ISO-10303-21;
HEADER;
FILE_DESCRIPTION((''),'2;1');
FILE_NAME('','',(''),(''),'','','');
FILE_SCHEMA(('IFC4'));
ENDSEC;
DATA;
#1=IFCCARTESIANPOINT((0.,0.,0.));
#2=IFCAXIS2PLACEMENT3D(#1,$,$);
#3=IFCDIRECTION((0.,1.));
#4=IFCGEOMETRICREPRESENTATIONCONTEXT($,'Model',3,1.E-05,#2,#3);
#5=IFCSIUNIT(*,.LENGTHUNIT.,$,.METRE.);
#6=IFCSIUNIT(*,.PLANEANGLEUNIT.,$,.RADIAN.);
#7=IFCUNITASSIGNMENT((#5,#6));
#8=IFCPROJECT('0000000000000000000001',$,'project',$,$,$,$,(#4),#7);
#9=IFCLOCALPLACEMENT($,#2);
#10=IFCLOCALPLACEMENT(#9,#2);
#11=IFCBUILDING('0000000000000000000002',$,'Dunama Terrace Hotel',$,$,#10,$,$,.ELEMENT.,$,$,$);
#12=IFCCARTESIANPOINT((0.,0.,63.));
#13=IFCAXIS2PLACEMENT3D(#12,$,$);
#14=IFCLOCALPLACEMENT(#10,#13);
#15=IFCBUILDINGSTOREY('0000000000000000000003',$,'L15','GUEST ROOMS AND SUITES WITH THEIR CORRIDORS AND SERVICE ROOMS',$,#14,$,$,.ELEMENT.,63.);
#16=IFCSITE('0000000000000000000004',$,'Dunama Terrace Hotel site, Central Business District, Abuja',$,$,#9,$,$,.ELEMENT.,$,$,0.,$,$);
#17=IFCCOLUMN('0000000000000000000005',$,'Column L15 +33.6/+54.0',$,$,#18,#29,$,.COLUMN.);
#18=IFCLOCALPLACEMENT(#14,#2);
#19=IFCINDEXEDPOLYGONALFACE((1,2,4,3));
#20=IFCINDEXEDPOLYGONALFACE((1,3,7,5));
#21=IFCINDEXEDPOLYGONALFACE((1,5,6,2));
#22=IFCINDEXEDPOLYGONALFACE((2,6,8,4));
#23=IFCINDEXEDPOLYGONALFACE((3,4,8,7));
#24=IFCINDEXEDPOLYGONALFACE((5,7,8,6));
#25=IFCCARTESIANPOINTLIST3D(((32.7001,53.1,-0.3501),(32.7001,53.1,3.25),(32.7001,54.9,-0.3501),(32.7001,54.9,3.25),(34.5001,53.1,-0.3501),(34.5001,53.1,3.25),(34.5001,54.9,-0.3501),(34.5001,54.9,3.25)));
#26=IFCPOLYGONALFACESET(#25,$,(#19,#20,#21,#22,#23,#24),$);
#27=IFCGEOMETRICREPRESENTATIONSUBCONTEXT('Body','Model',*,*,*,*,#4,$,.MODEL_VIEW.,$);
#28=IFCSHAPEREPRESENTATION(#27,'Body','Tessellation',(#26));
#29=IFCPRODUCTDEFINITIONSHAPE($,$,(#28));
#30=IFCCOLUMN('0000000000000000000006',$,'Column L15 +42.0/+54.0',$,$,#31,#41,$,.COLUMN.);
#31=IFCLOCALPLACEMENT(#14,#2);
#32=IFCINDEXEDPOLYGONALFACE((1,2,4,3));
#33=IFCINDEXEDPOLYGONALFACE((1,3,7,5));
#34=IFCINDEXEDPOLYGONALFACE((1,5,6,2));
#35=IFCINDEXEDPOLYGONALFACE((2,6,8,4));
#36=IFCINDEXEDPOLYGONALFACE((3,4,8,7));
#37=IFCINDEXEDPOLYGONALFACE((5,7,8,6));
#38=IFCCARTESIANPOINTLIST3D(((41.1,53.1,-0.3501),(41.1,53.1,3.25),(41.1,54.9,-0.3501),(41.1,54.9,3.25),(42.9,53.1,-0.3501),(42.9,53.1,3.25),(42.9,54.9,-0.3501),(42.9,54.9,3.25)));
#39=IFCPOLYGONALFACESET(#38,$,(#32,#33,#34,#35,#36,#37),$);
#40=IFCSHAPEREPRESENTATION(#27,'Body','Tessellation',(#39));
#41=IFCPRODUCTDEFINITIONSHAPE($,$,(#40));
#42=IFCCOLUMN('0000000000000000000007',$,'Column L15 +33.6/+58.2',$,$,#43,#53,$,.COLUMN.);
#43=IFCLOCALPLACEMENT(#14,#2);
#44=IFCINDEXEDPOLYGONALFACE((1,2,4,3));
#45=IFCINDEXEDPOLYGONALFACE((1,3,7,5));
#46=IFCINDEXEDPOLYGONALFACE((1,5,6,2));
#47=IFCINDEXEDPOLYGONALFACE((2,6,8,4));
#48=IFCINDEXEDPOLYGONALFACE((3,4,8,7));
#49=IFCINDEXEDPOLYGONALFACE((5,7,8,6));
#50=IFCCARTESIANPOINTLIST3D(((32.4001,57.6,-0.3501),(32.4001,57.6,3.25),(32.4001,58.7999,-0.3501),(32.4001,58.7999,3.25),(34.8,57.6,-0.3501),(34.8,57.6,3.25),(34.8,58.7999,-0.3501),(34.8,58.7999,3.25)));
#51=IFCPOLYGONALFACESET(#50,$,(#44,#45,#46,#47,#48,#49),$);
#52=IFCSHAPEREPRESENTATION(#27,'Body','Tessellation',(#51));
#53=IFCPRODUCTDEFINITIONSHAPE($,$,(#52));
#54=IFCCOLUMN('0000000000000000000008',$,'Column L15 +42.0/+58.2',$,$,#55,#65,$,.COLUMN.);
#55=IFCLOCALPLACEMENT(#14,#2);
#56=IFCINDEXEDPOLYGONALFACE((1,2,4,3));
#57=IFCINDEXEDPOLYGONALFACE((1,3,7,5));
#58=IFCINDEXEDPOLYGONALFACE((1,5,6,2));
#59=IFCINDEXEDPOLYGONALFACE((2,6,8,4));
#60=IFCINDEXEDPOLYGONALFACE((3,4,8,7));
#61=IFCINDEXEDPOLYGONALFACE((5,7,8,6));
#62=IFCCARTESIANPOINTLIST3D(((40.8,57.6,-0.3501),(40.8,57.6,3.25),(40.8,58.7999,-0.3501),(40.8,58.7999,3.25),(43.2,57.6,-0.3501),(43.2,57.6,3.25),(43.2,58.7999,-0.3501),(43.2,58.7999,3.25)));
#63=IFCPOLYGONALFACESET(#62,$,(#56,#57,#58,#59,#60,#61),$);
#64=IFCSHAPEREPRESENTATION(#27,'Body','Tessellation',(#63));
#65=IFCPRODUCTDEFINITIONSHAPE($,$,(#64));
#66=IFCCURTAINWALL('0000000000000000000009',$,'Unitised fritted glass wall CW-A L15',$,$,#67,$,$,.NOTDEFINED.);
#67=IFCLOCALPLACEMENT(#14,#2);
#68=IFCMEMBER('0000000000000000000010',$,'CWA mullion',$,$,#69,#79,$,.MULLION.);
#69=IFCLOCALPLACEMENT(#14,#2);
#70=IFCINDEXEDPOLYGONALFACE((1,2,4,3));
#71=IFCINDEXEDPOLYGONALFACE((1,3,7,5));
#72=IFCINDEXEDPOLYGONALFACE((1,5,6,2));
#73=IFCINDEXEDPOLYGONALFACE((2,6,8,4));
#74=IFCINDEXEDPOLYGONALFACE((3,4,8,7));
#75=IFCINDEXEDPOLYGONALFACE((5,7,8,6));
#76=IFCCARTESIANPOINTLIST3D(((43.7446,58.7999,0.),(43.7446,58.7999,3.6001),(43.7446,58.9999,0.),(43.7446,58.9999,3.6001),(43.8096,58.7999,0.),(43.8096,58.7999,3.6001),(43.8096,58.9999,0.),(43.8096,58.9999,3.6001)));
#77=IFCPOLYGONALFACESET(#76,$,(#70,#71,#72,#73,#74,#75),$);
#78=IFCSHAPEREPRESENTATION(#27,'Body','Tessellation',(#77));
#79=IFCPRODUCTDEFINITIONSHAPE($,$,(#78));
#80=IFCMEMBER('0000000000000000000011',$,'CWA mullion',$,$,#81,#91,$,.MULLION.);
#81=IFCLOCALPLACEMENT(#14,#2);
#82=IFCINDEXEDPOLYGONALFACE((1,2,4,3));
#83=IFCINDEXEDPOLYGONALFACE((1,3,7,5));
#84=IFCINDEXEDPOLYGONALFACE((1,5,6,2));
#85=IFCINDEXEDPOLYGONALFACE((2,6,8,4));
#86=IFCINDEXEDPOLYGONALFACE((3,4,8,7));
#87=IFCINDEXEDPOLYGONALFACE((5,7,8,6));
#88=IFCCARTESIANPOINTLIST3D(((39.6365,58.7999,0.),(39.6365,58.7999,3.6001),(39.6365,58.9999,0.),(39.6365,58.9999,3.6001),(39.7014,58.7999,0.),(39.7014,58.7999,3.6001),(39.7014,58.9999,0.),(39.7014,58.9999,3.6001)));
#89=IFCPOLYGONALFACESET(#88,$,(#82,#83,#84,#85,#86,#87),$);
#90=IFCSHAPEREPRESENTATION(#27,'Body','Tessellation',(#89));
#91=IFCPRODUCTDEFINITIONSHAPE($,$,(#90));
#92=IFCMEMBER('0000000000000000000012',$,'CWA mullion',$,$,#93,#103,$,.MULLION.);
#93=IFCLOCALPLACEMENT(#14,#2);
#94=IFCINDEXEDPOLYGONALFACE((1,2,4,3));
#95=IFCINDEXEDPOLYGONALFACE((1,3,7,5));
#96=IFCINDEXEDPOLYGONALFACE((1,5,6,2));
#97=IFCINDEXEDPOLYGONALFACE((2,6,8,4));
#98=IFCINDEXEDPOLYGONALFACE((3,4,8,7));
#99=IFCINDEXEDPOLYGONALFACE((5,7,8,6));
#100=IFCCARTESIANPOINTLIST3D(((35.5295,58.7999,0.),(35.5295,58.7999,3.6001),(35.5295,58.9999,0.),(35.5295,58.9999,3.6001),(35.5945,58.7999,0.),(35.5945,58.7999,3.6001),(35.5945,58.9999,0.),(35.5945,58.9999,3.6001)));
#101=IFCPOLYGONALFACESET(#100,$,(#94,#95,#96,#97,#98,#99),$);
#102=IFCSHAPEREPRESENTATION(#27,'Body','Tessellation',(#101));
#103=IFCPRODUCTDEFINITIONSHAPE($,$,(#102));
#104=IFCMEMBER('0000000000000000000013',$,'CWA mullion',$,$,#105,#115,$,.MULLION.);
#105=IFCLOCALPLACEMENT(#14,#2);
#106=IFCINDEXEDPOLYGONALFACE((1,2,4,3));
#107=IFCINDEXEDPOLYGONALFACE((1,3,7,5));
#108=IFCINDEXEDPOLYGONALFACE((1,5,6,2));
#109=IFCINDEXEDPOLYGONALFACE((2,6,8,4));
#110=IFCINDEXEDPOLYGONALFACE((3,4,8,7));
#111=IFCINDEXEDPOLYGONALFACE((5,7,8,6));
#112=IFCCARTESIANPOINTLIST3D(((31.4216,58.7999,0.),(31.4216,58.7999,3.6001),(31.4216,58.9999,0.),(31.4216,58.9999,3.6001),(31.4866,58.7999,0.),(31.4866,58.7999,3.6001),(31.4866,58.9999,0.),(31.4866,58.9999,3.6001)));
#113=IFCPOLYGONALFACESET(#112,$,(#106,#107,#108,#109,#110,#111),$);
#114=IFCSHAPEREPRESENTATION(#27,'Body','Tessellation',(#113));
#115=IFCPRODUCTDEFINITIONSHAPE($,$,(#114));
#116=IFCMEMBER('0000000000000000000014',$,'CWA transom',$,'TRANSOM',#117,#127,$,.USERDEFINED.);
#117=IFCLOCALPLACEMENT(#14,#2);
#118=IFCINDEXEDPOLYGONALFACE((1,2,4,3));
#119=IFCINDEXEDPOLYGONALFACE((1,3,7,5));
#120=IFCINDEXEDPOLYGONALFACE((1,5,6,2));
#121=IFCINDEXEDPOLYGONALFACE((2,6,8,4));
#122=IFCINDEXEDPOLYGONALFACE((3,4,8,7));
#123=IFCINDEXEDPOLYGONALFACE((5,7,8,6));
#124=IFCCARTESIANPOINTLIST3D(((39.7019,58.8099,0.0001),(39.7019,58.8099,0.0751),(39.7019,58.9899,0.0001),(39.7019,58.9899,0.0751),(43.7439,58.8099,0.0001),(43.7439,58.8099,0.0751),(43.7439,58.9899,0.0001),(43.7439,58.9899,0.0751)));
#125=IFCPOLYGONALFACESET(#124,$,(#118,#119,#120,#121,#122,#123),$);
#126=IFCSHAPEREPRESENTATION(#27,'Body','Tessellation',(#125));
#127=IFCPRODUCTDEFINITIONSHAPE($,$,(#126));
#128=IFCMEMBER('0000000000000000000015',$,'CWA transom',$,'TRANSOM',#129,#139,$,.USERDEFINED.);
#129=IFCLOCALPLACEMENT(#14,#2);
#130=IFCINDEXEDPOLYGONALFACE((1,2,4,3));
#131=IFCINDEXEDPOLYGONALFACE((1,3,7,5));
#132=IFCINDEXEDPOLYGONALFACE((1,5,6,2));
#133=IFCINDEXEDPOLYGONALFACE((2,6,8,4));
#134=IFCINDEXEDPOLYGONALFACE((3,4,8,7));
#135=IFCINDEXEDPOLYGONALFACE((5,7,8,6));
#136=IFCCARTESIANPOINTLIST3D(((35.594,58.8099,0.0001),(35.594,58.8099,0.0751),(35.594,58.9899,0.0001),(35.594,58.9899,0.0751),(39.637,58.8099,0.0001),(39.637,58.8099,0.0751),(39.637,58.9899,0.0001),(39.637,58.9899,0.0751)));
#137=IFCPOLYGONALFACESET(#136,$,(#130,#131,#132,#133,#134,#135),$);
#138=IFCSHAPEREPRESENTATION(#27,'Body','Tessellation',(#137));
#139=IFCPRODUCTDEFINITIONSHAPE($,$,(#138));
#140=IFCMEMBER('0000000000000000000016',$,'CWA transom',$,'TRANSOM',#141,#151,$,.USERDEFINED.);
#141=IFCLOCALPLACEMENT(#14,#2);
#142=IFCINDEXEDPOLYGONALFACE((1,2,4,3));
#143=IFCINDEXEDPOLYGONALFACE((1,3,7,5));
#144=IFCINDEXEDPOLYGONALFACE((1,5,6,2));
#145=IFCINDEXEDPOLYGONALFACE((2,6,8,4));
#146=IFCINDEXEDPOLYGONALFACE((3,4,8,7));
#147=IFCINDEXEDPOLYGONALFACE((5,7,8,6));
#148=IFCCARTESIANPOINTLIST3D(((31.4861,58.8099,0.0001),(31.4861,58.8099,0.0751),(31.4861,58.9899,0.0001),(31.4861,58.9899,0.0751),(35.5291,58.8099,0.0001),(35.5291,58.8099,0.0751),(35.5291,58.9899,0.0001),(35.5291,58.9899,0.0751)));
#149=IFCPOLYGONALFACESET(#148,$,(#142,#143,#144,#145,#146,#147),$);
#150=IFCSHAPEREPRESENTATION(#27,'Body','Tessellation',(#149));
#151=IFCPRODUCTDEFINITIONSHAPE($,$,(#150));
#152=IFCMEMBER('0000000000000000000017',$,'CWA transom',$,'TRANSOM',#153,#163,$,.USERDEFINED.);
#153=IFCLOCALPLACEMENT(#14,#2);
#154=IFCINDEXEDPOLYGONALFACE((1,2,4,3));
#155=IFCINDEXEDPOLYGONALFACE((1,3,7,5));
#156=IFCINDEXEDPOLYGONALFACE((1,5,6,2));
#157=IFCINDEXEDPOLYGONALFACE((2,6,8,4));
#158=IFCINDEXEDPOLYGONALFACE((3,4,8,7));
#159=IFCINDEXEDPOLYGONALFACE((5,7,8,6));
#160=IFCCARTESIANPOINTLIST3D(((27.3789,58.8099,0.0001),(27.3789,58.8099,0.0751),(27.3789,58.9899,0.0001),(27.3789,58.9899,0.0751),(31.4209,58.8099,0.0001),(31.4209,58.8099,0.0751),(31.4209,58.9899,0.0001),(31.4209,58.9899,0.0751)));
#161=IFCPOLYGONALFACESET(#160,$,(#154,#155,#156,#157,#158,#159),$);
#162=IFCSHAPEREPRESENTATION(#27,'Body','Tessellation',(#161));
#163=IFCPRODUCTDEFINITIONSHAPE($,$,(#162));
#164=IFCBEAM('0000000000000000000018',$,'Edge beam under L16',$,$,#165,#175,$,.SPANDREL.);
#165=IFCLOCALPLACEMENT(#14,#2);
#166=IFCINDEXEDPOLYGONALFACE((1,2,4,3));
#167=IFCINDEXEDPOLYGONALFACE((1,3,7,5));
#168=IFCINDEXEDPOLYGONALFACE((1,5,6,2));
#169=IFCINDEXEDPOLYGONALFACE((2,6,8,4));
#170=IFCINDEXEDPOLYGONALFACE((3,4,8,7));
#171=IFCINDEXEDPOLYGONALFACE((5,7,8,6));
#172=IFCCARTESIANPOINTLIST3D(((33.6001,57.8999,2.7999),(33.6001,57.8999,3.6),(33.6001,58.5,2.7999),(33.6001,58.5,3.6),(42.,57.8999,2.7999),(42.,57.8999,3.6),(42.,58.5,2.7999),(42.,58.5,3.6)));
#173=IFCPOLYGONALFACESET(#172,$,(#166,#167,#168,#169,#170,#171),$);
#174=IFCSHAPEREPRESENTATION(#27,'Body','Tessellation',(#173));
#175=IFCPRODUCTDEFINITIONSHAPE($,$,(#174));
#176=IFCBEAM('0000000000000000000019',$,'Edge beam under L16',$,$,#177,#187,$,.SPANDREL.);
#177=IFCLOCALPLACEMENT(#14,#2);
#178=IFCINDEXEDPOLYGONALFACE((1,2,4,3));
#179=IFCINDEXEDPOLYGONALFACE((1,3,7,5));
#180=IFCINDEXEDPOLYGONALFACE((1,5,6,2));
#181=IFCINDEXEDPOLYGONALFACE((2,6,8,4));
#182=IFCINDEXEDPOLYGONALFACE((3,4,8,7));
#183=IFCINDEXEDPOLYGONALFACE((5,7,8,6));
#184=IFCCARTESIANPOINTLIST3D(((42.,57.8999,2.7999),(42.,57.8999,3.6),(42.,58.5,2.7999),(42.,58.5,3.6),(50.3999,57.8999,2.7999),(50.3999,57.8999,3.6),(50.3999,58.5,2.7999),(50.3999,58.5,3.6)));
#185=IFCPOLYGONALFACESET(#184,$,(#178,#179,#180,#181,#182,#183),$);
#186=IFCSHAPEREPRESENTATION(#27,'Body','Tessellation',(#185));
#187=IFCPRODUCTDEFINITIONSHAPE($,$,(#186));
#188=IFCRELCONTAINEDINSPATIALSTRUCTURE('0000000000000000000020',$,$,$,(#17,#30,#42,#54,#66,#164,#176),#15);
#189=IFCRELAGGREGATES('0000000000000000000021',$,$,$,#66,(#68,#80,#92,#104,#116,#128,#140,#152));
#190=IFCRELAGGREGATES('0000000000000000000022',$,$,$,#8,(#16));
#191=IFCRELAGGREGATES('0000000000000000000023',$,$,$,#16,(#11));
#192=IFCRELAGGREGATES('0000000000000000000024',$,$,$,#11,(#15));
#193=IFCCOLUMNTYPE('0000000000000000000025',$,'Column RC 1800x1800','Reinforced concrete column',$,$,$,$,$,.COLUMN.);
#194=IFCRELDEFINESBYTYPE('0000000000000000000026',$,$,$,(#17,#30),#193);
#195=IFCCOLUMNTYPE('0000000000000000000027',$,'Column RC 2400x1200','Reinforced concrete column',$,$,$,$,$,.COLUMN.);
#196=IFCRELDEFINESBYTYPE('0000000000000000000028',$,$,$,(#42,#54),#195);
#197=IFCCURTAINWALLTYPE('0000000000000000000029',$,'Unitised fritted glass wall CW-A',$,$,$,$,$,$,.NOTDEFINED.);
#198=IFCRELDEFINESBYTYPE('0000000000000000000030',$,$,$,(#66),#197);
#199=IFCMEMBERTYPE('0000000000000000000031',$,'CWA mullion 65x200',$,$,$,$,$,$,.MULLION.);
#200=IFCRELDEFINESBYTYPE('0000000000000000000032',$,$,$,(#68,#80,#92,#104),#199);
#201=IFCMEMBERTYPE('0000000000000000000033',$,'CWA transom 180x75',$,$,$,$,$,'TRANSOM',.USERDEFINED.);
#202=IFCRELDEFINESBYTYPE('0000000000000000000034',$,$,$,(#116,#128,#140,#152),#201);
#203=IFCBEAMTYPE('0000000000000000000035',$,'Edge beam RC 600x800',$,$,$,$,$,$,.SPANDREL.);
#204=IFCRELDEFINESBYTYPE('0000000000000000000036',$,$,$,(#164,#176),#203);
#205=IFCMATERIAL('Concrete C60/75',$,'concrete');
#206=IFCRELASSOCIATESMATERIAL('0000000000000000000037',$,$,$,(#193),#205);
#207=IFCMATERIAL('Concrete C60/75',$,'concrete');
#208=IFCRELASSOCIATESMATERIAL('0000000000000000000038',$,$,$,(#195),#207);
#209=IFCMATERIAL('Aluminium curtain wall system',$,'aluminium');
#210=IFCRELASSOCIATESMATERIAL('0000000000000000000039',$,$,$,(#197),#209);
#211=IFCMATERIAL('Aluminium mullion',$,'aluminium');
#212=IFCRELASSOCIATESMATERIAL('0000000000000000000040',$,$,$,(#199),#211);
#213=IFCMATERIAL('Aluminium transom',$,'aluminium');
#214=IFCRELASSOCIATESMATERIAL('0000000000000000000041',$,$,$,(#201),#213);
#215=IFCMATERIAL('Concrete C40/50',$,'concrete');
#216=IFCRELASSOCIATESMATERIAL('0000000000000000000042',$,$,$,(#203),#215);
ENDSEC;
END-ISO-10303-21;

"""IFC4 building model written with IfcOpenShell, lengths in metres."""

from ifc_helpers import new_model, si_unit, direction, frame, origin, origin_2d, place, context, subcontext, project, spatial, rectangle, extrude, material, material_profile, profile_set, type_object, element, aggregate, save


model = new_model("IFC4")

# Units and contexts
model_context = context("Model", 3, precision=1e-05, world=origin(), true_north=direction((0.0, 1.0)))
body_context = subcontext(model_context, "Body", "Model", "MODEL_VIEW")
ifc_project = project(units=[si_unit("LENGTHUNIT", "METRE"), si_unit("PLANEANGLEUNIT", "RADIAN")], contexts=[model_context])

# Site, building, storey
site_placement = place(None, origin())
site = spatial("IfcSite", under=ifc_project, at=site_placement, Name="Dunama Terrace Hotel site, Central Business District, Abuja", CompositionType="ELEMENT", RefElevation=0.0)
building_placement = place(site_placement, origin())
building = spatial("IfcBuilding", under=site, at=building_placement, Name="Dunama Terrace Hotel", CompositionType="ELEMENT")
storey_placement = place(building_placement, frame((0.0, 0.0, 63.0)))
storey = spatial("IfcBuildingStorey", under=building, at=storey_placement, Name="L15", Description="GUEST ROOMS AND SUITES WITH THEIR CORRIDORS AND SERVICE ROOMS", CompositionType="ELEMENT", Elevation=63.0)

# Columns
ifc_material_1 = material(Name="Concrete C60/75", Category="concrete")
ifc_material_profile_1 = material_profile(ifc_material_1, rectangle(XDim=1.8, YDim=1.8, at=origin_2d()), Name="RC 1800x1800")
ifc_profile_set_1 = profile_set([ifc_material_profile_1], Name="Concrete C60/75")
column_type_1 = type_object("IfcColumnType", Name="Column RC 1800x1800", Description="Reinforced concrete column", PredefinedType="COLUMN", material=ifc_profile_set_1)
for number, where, z_axis, x_axis, name in (
    (1, (33.6001, 54.0, -0.3501), (0.0, 0.0, 1.0), (1.0, 0.0, 0.0), "Column L15 +33.6/+54.0"),
    (2, (42.0, 54.0, -0.3501), (0.0, 0.0, 1.0), (1.0, 0.0, 0.0), "Column L15 +42.0/+54.0"),
):
    element("IfcColumn", number, at=place(storey_placement, frame(where, z_axis=z_axis, x_axis=x_axis)), inside=storey, type_object=column_type_1, Name=name, PredefinedType="COLUMN", context=body_context, shape_type="SweptSolid", body=[
        extrude(rectangle(XDim=1.8, YDim=1.8, at=origin_2d()), origin(), (0.0, 0.0, 1.0), 3.6001),
    ])
ifc_material_2 = material(Name="Concrete C60/75", Category="concrete")
ifc_material_profile_2 = material_profile(ifc_material_2, rectangle(XDim=2.3999, YDim=1.2, at=origin_2d()), Name="RC 2400x1200")
ifc_profile_set_2 = profile_set([ifc_material_profile_2], Name="Concrete C60/75")
column_type_2 = type_object("IfcColumnType", Name="Column RC 2400x1200", Description="Reinforced concrete column", PredefinedType="COLUMN", material=ifc_profile_set_2)
for number, where, z_axis, x_axis, name in (
    (3, (33.6001, 58.2, -0.3501), (0.0, 0.0, 1.0), (1.0, 0.0, 0.0), "Column L15 +33.6/+58.2"),
    (4, (42.0, 58.2, -0.3501), (0.0, 0.0, 1.0), (1.0, 0.0, 0.0), "Column L15 +42.0/+58.2"),
):
    element("IfcColumn", number, at=place(storey_placement, frame(where, z_axis=z_axis, x_axis=x_axis)), inside=storey, type_object=column_type_2, Name=name, PredefinedType="COLUMN", context=body_context, shape_type="SweptSolid", body=[
        extrude(rectangle(XDim=2.3999, YDim=1.2, at=origin_2d()), origin(), (0.0, 0.0, 1.0), 3.6001),
    ])

# Curtain wall, members
ifc_material_3 = material(Name="Aluminium curtain wall system", Category="aluminium")
curtain_wall_type = type_object("IfcCurtainWallType", Name="Unitised fritted glass wall CW-A", PredefinedType="NOTDEFINED", material=ifc_material_3)
curtain_wall_placement = place(storey_placement, origin())
curtain_wall = element("IfcCurtainWall", 5, at=curtain_wall_placement, inside=storey, type_object=curtain_wall_type, Name="Unitised fritted glass wall CW-A L15", PredefinedType="NOTDEFINED")
ifc_material_4 = material(Name="Aluminium mullion", Category="aluminium")
ifc_material_profile_3 = material_profile(ifc_material_4, rectangle(XDim=0.0649, YDim=0.2, at=origin_2d()), Name="CWA MULLION 65X200")
ifc_profile_set_3 = profile_set([ifc_material_profile_3], Name="Aluminium mullion")
member_type_1 = type_object("IfcMemberType", Name="CWA mullion 65x200", PredefinedType="MULLION", material=ifc_profile_set_3)
member_1_placement = place(storey_placement, frame((43.7771, 58.8999, 0.0), z_axis=(0.0, 0.0, 1.0), x_axis=(-1.0, 0.0, 0.0)))
member_1 = element("IfcMember", 6, at=member_1_placement, type_object=member_type_1, Name="CWA mullion", PredefinedType="MULLION", context=body_context, shape_type="SweptSolid", body=[
    extrude(rectangle(XDim=0.0649, YDim=0.2, at=origin_2d()), origin(), (0.0, 0.0, 1.0), 3.6001),
])
member_2_placement = place(storey_placement, frame((39.6689, 58.8999, 0.0), z_axis=(0.0, 0.0, 1.0), x_axis=(-1.0, 0.0, 0.0)))
member_2 = element("IfcMember", 7, at=member_2_placement, type_object=member_type_1, Name="CWA mullion", PredefinedType="MULLION", context=body_context, shape_type="SweptSolid", body=[
    extrude(rectangle(XDim=0.0649, YDim=0.2, at=origin_2d()), origin(), (0.0, 0.0, 1.0), 3.6001),
])
member_3_placement = place(storey_placement, frame((35.562, 58.8999, 0.0), z_axis=(0.0, 0.0, 1.0), x_axis=(-1.0, 0.0, 0.0)))
member_3 = element("IfcMember", 8, at=member_3_placement, type_object=member_type_1, Name="CWA mullion", PredefinedType="MULLION", context=body_context, shape_type="SweptSolid", body=[
    extrude(rectangle(XDim=0.0649, YDim=0.2, at=origin_2d()), origin(), (0.0, 0.0, 1.0), 3.6001),
])
member_4_placement = place(storey_placement, frame((31.4541, 58.8999, 0.0), z_axis=(0.0, 0.0, 1.0), x_axis=(-1.0, 0.0, 0.0)))
member_4 = element("IfcMember", 9, at=member_4_placement, type_object=member_type_1, Name="CWA mullion", PredefinedType="MULLION", context=body_context, shape_type="SweptSolid", body=[
    extrude(rectangle(XDim=0.0649, YDim=0.2, at=origin_2d()), origin(), (0.0, 0.0, 1.0), 3.6001),
])
ifc_material_5 = material(Name="Aluminium transom", Category="aluminium")
ifc_material_profile_4 = material_profile(ifc_material_5, rectangle(XDim=0.1799, YDim=0.075, at=origin_2d()), Name="CWA TRANSOM 180X75")
ifc_profile_set_4 = profile_set([ifc_material_profile_4], Name="Aluminium transom")
member_type_2 = type_object("IfcMemberType", Name="CWA transom 180x75", ElementType="TRANSOM", PredefinedType="USERDEFINED", material=ifc_profile_set_4)
member_5_placement = place(storey_placement, frame((43.7439, 58.8999, 0.0376), z_axis=(-1.0, 0.0, 0.0), x_axis=(0.0, -1.0, 0.0)))
member_5 = element("IfcMember", 10, at=member_5_placement, type_object=member_type_2, Name="CWA transom", ObjectType="TRANSOM", PredefinedType="USERDEFINED", context=body_context, shape_type="SweptSolid", body=[
    extrude(rectangle(XDim=0.1799, YDim=0.075, at=origin_2d()), origin(), (0.0, 0.0, 1.0), 4.042),
])
member_6_placement = place(storey_placement, frame((39.637, 58.8999, 0.0376), z_axis=(-1.0, 0.0, 0.0), x_axis=(0.0, -1.0, 0.0)))
member_6 = element("IfcMember", 11, at=member_6_placement, type_object=member_type_2, Name="CWA transom", ObjectType="TRANSOM", PredefinedType="USERDEFINED", context=body_context, shape_type="SweptSolid", body=[
    extrude(rectangle(XDim=0.1799, YDim=0.075, at=origin_2d()), origin(), (0.0, 0.0, 1.0), 4.043),
])
member_7_placement = place(storey_placement, frame((35.5291, 58.8999, 0.0376), z_axis=(-1.0, 0.0, 0.0), x_axis=(0.0, -1.0, 0.0)))
member_7 = element("IfcMember", 12, at=member_7_placement, type_object=member_type_2, Name="CWA transom", ObjectType="TRANSOM", PredefinedType="USERDEFINED", context=body_context, shape_type="SweptSolid", body=[
    extrude(rectangle(XDim=0.1799, YDim=0.075, at=origin_2d()), origin(), (0.0, 0.0, 1.0), 4.043),
])
member_8_placement = place(storey_placement, frame((31.4209, 58.8999, 0.0376), z_axis=(-1.0, 0.0, 0.0), x_axis=(0.0, -1.0, 0.0)))
member_8 = element("IfcMember", 13, at=member_8_placement, type_object=member_type_2, Name="CWA transom", ObjectType="TRANSOM", PredefinedType="USERDEFINED", context=body_context, shape_type="SweptSolid", body=[
    extrude(rectangle(XDim=0.1799, YDim=0.075, at=origin_2d()), origin(), (0.0, 0.0, 1.0), 4.042),
])

# Beams
ifc_material_6 = material(Name="Concrete C40/50", Category="concrete")
ifc_material_profile_5 = material_profile(ifc_material_6, rectangle(XDim=0.6001, YDim=0.8, at=origin_2d()), Name="RC 600x800")
ifc_profile_set_5 = profile_set([ifc_material_profile_5], Name="Concrete C40/50")
beam_type = type_object("IfcBeamType", Name="Edge beam RC 600x800", PredefinedType="SPANDREL", material=ifc_profile_set_5)
for number, where, z_axis, x_axis, name in (
    (14, (33.6001, 58.2, 3.2), (1.0, 0.0, 0.0), (0.0, 1.0, 0.0), "Edge beam under L16"),
    (15, (42.0, 58.2, 3.2), (1.0, 0.0, 0.0), (0.0, 1.0, 0.0), "Edge beam under L16"),
):
    element("IfcBeam", number, at=place(storey_placement, frame(where, z_axis=z_axis, x_axis=x_axis)), inside=storey, type_object=beam_type, Name=name, PredefinedType="SPANDREL", context=body_context, shape_type="SweptSolid", body=[
        extrude(rectangle(XDim=0.6001, YDim=0.8, at=origin_2d()), origin(), (0.0, 0.0, 1.0), 8.3999),
    ])

aggregate(curtain_wall, [member_1, member_2, member_3, member_4, member_5, member_6, member_7, member_8])

save(model, "model.ifc")
